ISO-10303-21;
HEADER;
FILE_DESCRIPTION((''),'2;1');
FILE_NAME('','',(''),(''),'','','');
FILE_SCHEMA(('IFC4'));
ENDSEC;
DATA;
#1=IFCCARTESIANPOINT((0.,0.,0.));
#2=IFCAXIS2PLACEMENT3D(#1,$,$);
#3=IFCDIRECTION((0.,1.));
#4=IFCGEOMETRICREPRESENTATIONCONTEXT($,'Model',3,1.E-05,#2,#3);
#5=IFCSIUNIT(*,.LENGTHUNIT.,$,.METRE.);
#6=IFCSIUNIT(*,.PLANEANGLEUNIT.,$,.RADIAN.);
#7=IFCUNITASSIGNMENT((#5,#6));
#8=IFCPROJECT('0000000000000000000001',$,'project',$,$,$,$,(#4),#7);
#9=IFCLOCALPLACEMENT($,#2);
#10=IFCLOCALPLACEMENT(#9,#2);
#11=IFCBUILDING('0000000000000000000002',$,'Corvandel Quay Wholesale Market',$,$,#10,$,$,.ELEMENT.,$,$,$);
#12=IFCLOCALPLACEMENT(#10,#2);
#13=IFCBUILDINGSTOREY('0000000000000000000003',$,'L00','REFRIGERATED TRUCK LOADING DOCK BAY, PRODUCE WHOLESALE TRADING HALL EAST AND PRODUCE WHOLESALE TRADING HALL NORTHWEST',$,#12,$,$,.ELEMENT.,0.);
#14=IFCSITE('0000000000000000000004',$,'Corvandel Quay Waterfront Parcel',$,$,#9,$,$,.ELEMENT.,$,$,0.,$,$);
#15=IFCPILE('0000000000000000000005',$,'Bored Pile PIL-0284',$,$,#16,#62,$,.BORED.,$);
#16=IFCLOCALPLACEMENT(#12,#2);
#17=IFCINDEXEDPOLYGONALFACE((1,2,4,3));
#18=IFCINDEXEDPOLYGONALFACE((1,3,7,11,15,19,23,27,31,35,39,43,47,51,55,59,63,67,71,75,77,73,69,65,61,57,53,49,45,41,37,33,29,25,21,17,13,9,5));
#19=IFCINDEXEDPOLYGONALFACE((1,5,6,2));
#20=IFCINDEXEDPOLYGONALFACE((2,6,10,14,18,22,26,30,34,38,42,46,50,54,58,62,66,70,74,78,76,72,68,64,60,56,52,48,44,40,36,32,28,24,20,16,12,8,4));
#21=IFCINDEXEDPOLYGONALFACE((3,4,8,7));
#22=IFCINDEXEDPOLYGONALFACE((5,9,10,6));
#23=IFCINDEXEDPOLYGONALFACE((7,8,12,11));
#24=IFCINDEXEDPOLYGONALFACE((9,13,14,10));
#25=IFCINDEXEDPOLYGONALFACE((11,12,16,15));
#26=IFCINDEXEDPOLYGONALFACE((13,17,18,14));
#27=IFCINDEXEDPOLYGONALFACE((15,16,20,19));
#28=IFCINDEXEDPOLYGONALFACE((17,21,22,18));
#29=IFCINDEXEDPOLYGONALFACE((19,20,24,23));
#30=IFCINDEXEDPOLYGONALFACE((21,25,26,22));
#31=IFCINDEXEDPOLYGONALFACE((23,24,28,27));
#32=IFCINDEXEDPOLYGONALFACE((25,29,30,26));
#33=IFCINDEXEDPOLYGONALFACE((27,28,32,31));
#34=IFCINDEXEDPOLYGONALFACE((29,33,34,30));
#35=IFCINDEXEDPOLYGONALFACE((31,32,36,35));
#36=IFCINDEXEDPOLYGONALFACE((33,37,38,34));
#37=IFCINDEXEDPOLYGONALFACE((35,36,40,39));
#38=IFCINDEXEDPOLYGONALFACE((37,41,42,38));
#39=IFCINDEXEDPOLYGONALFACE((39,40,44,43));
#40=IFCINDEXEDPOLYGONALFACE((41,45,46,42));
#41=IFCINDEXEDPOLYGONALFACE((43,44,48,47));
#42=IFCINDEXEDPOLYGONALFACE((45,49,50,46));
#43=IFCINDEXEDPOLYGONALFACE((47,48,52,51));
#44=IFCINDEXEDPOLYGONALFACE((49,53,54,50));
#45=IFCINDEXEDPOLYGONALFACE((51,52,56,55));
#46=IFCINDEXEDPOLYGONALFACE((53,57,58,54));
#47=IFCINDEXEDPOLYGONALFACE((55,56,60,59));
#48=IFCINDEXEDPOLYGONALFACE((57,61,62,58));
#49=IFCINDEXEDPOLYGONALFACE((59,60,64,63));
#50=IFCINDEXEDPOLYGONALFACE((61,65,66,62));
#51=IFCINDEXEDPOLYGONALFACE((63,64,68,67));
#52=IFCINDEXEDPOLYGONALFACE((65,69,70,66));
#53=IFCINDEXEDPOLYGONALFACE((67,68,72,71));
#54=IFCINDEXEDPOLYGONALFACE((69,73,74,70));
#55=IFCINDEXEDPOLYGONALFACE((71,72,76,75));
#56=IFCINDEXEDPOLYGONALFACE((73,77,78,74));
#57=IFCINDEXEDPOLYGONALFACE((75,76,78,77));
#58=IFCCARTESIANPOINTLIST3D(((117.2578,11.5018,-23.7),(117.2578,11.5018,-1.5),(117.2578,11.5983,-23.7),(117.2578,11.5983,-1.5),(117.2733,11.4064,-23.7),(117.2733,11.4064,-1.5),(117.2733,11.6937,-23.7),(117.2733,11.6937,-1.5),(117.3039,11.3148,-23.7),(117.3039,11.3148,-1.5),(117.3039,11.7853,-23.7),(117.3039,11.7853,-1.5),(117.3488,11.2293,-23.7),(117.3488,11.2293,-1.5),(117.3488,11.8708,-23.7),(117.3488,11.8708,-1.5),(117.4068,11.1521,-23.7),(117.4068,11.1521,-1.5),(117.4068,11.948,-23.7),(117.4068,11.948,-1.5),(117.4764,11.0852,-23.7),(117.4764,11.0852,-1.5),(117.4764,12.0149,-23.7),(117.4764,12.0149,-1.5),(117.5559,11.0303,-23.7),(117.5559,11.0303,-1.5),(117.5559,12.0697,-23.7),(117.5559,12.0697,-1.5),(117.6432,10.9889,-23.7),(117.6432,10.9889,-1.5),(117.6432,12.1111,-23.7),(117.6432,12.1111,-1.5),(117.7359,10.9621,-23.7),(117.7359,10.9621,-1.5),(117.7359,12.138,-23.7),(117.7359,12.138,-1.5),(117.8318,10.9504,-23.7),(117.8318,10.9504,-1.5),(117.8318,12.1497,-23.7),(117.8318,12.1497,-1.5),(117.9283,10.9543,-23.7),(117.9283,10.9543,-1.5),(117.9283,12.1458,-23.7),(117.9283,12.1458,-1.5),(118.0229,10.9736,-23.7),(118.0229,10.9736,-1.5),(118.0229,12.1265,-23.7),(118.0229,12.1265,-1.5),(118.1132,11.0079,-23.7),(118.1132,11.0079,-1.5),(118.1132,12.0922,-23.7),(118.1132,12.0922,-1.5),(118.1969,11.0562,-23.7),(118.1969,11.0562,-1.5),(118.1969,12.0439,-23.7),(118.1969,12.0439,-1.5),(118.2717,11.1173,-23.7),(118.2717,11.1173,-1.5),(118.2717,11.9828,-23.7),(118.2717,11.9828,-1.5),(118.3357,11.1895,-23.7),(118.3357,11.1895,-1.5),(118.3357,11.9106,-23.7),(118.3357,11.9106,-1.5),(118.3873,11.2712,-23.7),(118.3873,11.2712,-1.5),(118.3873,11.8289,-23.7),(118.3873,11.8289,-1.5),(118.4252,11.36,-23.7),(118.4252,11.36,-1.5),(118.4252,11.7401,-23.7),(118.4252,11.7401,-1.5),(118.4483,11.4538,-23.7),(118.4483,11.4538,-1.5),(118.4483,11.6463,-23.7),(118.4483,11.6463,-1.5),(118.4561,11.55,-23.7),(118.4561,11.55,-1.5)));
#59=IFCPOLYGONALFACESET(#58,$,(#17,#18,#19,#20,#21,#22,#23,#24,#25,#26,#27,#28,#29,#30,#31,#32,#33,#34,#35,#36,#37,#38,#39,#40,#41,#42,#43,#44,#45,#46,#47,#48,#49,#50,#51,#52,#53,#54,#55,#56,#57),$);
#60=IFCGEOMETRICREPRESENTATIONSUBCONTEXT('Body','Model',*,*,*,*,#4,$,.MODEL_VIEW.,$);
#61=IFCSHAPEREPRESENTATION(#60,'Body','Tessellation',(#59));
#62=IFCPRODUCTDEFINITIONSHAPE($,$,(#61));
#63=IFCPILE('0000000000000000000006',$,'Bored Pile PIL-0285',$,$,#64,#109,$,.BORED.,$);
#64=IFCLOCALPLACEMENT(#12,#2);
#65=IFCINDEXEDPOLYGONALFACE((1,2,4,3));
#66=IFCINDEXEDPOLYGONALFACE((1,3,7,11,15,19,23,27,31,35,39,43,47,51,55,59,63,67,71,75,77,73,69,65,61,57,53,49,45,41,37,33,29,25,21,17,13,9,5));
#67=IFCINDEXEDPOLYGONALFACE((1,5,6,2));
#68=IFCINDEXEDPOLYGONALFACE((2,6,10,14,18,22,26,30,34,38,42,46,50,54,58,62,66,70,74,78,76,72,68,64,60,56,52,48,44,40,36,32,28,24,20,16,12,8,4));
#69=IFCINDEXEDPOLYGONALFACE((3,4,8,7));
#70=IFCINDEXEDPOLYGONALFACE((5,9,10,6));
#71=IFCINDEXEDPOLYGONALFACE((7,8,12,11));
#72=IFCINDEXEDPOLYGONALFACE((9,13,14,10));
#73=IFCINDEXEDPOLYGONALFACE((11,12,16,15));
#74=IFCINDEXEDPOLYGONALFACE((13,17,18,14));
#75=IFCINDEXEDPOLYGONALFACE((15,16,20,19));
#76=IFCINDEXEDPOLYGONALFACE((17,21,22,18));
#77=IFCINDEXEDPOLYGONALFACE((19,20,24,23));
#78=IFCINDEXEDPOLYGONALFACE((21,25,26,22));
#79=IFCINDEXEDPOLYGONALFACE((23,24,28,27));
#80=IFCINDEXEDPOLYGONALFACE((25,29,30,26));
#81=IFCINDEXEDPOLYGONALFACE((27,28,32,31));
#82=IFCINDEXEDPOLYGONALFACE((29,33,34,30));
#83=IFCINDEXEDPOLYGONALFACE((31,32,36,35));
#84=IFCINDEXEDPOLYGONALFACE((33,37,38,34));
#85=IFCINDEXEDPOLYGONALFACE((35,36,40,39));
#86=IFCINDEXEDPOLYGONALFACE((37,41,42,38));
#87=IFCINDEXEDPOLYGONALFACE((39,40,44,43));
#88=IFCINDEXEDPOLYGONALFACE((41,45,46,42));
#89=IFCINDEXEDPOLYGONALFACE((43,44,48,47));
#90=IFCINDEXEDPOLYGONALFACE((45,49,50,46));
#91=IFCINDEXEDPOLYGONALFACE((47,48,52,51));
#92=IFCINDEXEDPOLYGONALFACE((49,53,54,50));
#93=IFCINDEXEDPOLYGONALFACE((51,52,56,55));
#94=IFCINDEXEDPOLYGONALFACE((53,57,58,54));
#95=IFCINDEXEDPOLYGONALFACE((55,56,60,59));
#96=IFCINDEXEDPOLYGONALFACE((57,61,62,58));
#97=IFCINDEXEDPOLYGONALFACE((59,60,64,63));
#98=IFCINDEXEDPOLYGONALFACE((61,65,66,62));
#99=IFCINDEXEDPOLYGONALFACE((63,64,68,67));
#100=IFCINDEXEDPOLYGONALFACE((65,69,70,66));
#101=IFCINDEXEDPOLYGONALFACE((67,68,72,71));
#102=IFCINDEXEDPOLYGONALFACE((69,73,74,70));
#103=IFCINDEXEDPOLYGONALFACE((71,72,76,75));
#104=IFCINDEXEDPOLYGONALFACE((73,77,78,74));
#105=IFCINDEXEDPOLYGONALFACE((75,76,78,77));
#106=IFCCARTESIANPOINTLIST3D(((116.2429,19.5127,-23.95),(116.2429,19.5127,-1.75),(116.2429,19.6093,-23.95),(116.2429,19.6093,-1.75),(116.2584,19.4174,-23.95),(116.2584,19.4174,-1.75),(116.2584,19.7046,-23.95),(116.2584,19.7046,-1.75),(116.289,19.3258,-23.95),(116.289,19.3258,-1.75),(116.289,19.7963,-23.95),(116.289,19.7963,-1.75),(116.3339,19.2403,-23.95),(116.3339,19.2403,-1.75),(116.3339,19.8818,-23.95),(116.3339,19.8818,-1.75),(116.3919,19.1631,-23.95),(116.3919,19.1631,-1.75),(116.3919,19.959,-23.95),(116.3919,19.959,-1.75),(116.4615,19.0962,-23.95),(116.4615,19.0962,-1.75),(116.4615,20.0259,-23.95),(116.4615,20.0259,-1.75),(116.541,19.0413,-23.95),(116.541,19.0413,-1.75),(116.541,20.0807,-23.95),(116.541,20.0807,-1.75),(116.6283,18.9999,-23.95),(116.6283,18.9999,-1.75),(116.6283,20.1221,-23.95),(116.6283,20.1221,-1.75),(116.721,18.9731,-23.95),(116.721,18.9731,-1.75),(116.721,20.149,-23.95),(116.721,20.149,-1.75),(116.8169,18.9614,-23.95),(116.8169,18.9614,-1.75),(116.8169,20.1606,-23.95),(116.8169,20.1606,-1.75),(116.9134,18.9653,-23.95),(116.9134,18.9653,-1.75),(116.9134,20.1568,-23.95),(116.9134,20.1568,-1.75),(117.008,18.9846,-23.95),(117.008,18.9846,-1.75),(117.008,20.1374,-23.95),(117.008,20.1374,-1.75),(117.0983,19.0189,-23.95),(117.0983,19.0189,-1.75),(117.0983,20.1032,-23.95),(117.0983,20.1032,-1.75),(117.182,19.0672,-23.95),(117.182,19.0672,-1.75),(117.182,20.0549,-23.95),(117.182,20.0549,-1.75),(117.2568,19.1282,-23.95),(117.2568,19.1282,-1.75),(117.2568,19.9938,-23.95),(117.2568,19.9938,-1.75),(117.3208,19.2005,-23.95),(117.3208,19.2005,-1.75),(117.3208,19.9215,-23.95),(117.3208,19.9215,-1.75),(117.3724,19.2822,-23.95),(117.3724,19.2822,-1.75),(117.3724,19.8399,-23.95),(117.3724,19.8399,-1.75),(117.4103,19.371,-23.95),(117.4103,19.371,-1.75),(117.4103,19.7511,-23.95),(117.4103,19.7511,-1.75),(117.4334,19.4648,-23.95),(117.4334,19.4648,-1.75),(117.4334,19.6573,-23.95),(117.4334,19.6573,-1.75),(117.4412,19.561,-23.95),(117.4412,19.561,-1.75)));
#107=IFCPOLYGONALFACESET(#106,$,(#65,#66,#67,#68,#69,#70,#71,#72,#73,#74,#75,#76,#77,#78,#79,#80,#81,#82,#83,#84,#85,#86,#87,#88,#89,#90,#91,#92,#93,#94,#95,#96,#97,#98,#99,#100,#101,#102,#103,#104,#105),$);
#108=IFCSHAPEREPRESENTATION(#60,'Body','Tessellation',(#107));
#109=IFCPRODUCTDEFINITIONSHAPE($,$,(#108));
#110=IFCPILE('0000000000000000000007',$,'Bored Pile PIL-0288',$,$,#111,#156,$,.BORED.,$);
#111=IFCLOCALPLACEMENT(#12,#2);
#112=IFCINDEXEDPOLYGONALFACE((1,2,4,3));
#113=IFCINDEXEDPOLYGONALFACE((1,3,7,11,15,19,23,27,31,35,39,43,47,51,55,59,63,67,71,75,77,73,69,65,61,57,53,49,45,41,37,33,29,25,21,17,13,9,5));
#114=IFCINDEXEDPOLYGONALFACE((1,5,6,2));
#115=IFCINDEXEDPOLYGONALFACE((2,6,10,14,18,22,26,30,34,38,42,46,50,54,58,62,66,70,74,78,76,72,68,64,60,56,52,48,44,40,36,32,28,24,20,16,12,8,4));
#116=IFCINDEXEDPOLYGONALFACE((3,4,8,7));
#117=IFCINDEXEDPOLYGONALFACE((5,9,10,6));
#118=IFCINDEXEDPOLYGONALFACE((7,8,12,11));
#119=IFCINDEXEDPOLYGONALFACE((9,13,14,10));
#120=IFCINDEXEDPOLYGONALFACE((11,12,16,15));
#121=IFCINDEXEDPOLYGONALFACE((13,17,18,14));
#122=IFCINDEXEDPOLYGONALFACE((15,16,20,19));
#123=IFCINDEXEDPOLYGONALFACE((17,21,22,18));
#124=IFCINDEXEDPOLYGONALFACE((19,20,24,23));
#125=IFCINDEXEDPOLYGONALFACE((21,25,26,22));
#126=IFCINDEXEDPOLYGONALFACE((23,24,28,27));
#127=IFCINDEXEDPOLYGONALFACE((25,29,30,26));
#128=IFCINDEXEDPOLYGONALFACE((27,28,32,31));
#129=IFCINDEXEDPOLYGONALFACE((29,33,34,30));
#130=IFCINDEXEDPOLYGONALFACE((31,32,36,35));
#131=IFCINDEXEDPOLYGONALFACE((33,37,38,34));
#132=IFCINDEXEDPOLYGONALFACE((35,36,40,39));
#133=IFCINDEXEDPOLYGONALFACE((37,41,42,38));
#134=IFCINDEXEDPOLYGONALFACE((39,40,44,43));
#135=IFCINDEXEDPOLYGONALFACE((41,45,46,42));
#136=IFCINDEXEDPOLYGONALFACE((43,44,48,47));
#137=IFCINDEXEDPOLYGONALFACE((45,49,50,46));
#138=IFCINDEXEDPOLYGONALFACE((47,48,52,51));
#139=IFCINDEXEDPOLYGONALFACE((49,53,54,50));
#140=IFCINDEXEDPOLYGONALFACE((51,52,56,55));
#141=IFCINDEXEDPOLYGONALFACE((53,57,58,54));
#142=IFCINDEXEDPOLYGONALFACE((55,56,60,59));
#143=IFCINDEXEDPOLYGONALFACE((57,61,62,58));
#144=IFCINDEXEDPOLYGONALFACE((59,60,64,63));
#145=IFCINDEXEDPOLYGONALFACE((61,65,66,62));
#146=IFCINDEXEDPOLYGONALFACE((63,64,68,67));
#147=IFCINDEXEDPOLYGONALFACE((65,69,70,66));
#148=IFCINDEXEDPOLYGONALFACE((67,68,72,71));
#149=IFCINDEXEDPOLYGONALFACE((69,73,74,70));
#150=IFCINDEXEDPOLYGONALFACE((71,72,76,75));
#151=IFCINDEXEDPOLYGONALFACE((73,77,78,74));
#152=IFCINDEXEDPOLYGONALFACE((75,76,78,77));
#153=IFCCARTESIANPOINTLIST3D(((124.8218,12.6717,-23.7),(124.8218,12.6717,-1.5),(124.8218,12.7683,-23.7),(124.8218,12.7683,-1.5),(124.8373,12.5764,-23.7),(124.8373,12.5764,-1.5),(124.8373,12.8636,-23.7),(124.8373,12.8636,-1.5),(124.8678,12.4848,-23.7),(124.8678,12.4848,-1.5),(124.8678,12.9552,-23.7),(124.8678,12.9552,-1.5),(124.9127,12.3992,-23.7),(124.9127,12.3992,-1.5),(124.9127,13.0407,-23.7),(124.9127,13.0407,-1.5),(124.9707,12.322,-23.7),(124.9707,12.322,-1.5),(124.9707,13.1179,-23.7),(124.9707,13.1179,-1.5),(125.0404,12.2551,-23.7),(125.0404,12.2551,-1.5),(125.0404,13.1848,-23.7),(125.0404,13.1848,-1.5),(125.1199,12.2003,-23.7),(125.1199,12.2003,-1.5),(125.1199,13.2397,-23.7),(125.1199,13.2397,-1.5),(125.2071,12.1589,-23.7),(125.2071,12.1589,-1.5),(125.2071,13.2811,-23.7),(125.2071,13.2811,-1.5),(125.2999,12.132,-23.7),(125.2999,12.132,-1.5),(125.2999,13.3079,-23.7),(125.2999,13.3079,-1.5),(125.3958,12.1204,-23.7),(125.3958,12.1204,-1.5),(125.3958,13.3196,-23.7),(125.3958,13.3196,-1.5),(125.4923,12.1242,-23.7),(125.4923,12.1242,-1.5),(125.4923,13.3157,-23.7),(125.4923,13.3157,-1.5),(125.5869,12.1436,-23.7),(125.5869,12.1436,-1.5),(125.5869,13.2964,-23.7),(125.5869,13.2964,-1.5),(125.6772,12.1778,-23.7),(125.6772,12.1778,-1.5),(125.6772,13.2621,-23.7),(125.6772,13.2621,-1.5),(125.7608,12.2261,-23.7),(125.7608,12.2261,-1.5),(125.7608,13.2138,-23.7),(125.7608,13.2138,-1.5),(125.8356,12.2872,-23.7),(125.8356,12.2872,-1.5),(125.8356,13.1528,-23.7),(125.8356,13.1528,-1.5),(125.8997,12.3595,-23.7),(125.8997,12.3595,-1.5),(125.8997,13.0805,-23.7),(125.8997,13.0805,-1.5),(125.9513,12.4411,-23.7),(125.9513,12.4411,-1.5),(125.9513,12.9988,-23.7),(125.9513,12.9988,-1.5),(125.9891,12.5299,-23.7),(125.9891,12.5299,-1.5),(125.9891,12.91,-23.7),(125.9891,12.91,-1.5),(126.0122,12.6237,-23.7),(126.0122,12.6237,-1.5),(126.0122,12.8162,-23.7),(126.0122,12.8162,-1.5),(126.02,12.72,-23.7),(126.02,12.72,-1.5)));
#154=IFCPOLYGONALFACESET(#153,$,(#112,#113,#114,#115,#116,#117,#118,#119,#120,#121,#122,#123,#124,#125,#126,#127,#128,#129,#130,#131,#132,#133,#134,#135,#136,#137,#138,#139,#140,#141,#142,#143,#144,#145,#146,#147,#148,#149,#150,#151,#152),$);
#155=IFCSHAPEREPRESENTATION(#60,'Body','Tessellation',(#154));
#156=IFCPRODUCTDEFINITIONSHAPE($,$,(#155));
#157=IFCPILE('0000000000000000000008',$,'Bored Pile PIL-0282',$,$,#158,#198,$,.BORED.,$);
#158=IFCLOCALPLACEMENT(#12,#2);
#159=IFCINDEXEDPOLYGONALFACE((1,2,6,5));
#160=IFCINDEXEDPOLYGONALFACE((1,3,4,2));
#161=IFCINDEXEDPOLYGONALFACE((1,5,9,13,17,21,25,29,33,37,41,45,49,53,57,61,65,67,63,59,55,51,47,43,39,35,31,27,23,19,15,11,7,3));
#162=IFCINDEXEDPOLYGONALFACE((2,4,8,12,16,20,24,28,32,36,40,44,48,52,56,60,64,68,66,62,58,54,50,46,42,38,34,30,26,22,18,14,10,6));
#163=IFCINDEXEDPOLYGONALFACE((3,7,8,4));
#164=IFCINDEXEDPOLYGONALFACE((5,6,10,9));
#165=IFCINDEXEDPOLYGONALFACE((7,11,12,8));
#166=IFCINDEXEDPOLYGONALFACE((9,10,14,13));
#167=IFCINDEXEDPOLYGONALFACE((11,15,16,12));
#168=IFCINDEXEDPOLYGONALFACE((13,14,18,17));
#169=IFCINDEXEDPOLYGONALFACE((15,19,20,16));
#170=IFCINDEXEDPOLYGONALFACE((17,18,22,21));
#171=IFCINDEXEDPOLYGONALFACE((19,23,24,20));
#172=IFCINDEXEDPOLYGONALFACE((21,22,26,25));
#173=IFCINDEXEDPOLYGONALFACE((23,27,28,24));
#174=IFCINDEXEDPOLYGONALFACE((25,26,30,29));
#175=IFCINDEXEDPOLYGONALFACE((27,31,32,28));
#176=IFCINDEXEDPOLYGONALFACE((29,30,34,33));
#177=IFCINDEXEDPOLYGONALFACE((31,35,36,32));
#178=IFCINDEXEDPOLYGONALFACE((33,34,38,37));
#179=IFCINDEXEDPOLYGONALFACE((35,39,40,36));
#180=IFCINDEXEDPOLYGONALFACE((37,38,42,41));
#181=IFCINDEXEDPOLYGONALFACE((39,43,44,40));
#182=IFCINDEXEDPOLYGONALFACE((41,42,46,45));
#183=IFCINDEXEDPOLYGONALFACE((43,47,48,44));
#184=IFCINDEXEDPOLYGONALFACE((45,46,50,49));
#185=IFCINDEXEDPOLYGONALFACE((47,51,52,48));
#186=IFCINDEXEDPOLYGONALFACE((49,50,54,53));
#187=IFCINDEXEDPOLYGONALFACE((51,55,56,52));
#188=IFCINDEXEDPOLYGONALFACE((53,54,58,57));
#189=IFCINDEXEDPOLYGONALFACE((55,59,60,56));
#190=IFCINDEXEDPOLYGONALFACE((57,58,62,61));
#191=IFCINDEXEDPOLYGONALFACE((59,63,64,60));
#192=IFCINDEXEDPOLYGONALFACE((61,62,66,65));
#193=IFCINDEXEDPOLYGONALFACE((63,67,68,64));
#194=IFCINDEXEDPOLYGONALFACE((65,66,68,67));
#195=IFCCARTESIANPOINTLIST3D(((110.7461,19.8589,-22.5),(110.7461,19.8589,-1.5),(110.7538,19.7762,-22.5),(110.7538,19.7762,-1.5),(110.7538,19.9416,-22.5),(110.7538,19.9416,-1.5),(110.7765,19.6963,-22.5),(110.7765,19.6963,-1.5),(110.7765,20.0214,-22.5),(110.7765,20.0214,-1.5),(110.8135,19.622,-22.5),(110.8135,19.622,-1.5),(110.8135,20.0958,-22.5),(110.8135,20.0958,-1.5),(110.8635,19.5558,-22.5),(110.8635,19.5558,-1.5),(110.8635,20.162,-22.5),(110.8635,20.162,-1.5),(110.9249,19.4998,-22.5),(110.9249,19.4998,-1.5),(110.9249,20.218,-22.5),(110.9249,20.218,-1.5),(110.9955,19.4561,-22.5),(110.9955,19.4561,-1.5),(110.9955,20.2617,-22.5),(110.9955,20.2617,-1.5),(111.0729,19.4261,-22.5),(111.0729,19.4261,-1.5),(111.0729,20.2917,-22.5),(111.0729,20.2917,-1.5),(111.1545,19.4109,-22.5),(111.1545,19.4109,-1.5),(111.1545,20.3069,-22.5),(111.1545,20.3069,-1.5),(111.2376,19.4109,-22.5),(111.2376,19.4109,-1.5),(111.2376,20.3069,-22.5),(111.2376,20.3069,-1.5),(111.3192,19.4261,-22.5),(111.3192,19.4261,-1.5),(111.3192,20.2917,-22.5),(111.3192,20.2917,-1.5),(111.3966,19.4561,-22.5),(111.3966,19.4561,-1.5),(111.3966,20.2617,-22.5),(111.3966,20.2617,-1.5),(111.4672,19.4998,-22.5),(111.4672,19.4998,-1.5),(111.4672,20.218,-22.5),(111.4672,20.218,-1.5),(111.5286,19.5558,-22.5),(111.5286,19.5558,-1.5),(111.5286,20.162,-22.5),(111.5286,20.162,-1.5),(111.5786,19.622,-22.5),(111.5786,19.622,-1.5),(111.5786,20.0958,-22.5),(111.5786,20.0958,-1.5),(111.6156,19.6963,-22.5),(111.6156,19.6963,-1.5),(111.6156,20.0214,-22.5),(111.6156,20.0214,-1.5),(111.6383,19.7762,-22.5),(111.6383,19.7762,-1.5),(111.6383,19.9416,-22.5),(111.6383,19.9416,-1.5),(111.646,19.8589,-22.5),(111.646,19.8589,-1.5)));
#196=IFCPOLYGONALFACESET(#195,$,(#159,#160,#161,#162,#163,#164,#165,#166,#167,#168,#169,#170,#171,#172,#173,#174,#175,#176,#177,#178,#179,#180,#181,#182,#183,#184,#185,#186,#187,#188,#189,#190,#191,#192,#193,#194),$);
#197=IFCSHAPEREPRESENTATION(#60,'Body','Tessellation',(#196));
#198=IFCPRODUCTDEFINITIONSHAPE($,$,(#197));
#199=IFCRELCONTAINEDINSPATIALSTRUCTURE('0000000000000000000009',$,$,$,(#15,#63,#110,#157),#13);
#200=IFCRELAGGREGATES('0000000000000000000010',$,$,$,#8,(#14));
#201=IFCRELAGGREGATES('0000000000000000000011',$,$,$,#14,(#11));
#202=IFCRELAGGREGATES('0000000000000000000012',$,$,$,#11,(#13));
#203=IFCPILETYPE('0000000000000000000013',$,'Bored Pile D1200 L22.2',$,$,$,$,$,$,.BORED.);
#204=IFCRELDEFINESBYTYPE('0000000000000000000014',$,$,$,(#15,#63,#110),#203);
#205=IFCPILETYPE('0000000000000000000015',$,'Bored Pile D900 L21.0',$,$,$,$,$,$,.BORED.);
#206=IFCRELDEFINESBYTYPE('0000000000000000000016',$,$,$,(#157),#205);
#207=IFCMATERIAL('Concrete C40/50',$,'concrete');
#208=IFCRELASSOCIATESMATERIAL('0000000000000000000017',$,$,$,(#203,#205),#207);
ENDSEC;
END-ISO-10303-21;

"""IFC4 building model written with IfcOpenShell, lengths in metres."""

from ifc_helpers import new_model, si_unit, direction, frame, origin, origin_2d, place, context, subcontext, project, spatial, circle, extrude, material, material_profile, profile_set, type_object, element, save


model = new_model("IFC4")

# Units and contexts
model_context = context("Model", 3, precision=1e-05, world=origin(), true_north=direction((0.0, 1.0)))
body_context = subcontext(model_context, "Body", "Model", "MODEL_VIEW")
ifc_project = project(units=[si_unit("LENGTHUNIT", "METRE"), si_unit("PLANEANGLEUNIT", "RADIAN")], contexts=[model_context])

# Site, building, storey
site_placement = place(None, origin())
site = spatial("IfcSite", under=ifc_project, at=site_placement, Name="Corvandel Quay Waterfront Parcel", CompositionType="ELEMENT", RefElevation=0.0)
building_placement = place(site_placement, origin())
building = spatial("IfcBuilding", under=site, at=building_placement, Name="Corvandel Quay Wholesale Market", CompositionType="ELEMENT")
storey_placement = place(building_placement, origin())
storey = spatial("IfcBuildingStorey", under=building, at=storey_placement, Name="L00", Description="REFRIGERATED TRUCK LOADING DOCK BAY, PRODUCE WHOLESALE TRADING HALL EAST AND PRODUCE WHOLESALE TRADING HALL NORTHWEST", CompositionType="ELEMENT", Elevation=0.0)

# Piles
ifc_material_1 = material(Name="Concrete C40/50", Category="concrete")
ifc_material_profile_1 = material_profile(ifc_material_1, circle(Radius=0.6001, at=origin_2d()), Name="RC-PILE-D1200")
ifc_profile_set_1 = profile_set([ifc_material_profile_1], Name="Concrete C40/50")
pile_type_1 = type_object("IfcPileType", Name="Bored Pile D1200 L22.2", PredefinedType="BORED", material=ifc_profile_set_1)
for number, where, z_axis, x_axis, name in (
    (1, (117.856, 11.55, -1.5), (0.0, 0.0, -1.0), (1.0, 0.0, 0.0), "Bored Pile PIL-0284"),
    (2, (116.8411, 19.561, -1.75), (0.0, 0.0, -1.0), (1.0, 0.0, 0.0), "Bored Pile PIL-0285"),
    (3, (125.4199, 12.72, -1.5), (0.0, 0.0, -1.0), (1.0, 0.0, 0.0), "Bored Pile PIL-0288"),
):
    element("IfcPile", number, at=place(storey_placement, frame(where, z_axis=z_axis, x_axis=x_axis)), inside=storey, type_object=pile_type_1, Name=name, PredefinedType="BORED", context=body_context, shape_type="SweptSolid", body=[
        extrude(circle(Radius=0.6001, at=origin_2d()), origin(), (0.0, 0.0, 1.0), 22.2),
    ])
ifc_material_profile_2 = material_profile(ifc_material_1, circle(Radius=0.45, at=origin_2d()), Name="RC-PILE-D900")
ifc_profile_set_2 = profile_set([ifc_material_profile_2], Name="Concrete C40/50")
pile_type_2 = type_object("IfcPileType", Name="Bored Pile D900 L21.0", PredefinedType="BORED", material=ifc_profile_set_2)
for number, where, z_axis, x_axis, name in (
    (4, (111.196, 19.8589, -1.5), (0.0, 0.0, -1.0), (1.0, 0.0, 0.0), "Bored Pile PIL-0282"),
):
    element("IfcPile", number, at=place(storey_placement, frame(where, z_axis=z_axis, x_axis=x_axis)), inside=storey, type_object=pile_type_2, Name=name, PredefinedType="BORED", context=body_context, shape_type="SweptSolid", body=[
        extrude(circle(Radius=0.45, at=origin_2d()), origin(), (0.0, 0.0, 1.0), 21.0),
    ])

save(model, "model.ifc")
